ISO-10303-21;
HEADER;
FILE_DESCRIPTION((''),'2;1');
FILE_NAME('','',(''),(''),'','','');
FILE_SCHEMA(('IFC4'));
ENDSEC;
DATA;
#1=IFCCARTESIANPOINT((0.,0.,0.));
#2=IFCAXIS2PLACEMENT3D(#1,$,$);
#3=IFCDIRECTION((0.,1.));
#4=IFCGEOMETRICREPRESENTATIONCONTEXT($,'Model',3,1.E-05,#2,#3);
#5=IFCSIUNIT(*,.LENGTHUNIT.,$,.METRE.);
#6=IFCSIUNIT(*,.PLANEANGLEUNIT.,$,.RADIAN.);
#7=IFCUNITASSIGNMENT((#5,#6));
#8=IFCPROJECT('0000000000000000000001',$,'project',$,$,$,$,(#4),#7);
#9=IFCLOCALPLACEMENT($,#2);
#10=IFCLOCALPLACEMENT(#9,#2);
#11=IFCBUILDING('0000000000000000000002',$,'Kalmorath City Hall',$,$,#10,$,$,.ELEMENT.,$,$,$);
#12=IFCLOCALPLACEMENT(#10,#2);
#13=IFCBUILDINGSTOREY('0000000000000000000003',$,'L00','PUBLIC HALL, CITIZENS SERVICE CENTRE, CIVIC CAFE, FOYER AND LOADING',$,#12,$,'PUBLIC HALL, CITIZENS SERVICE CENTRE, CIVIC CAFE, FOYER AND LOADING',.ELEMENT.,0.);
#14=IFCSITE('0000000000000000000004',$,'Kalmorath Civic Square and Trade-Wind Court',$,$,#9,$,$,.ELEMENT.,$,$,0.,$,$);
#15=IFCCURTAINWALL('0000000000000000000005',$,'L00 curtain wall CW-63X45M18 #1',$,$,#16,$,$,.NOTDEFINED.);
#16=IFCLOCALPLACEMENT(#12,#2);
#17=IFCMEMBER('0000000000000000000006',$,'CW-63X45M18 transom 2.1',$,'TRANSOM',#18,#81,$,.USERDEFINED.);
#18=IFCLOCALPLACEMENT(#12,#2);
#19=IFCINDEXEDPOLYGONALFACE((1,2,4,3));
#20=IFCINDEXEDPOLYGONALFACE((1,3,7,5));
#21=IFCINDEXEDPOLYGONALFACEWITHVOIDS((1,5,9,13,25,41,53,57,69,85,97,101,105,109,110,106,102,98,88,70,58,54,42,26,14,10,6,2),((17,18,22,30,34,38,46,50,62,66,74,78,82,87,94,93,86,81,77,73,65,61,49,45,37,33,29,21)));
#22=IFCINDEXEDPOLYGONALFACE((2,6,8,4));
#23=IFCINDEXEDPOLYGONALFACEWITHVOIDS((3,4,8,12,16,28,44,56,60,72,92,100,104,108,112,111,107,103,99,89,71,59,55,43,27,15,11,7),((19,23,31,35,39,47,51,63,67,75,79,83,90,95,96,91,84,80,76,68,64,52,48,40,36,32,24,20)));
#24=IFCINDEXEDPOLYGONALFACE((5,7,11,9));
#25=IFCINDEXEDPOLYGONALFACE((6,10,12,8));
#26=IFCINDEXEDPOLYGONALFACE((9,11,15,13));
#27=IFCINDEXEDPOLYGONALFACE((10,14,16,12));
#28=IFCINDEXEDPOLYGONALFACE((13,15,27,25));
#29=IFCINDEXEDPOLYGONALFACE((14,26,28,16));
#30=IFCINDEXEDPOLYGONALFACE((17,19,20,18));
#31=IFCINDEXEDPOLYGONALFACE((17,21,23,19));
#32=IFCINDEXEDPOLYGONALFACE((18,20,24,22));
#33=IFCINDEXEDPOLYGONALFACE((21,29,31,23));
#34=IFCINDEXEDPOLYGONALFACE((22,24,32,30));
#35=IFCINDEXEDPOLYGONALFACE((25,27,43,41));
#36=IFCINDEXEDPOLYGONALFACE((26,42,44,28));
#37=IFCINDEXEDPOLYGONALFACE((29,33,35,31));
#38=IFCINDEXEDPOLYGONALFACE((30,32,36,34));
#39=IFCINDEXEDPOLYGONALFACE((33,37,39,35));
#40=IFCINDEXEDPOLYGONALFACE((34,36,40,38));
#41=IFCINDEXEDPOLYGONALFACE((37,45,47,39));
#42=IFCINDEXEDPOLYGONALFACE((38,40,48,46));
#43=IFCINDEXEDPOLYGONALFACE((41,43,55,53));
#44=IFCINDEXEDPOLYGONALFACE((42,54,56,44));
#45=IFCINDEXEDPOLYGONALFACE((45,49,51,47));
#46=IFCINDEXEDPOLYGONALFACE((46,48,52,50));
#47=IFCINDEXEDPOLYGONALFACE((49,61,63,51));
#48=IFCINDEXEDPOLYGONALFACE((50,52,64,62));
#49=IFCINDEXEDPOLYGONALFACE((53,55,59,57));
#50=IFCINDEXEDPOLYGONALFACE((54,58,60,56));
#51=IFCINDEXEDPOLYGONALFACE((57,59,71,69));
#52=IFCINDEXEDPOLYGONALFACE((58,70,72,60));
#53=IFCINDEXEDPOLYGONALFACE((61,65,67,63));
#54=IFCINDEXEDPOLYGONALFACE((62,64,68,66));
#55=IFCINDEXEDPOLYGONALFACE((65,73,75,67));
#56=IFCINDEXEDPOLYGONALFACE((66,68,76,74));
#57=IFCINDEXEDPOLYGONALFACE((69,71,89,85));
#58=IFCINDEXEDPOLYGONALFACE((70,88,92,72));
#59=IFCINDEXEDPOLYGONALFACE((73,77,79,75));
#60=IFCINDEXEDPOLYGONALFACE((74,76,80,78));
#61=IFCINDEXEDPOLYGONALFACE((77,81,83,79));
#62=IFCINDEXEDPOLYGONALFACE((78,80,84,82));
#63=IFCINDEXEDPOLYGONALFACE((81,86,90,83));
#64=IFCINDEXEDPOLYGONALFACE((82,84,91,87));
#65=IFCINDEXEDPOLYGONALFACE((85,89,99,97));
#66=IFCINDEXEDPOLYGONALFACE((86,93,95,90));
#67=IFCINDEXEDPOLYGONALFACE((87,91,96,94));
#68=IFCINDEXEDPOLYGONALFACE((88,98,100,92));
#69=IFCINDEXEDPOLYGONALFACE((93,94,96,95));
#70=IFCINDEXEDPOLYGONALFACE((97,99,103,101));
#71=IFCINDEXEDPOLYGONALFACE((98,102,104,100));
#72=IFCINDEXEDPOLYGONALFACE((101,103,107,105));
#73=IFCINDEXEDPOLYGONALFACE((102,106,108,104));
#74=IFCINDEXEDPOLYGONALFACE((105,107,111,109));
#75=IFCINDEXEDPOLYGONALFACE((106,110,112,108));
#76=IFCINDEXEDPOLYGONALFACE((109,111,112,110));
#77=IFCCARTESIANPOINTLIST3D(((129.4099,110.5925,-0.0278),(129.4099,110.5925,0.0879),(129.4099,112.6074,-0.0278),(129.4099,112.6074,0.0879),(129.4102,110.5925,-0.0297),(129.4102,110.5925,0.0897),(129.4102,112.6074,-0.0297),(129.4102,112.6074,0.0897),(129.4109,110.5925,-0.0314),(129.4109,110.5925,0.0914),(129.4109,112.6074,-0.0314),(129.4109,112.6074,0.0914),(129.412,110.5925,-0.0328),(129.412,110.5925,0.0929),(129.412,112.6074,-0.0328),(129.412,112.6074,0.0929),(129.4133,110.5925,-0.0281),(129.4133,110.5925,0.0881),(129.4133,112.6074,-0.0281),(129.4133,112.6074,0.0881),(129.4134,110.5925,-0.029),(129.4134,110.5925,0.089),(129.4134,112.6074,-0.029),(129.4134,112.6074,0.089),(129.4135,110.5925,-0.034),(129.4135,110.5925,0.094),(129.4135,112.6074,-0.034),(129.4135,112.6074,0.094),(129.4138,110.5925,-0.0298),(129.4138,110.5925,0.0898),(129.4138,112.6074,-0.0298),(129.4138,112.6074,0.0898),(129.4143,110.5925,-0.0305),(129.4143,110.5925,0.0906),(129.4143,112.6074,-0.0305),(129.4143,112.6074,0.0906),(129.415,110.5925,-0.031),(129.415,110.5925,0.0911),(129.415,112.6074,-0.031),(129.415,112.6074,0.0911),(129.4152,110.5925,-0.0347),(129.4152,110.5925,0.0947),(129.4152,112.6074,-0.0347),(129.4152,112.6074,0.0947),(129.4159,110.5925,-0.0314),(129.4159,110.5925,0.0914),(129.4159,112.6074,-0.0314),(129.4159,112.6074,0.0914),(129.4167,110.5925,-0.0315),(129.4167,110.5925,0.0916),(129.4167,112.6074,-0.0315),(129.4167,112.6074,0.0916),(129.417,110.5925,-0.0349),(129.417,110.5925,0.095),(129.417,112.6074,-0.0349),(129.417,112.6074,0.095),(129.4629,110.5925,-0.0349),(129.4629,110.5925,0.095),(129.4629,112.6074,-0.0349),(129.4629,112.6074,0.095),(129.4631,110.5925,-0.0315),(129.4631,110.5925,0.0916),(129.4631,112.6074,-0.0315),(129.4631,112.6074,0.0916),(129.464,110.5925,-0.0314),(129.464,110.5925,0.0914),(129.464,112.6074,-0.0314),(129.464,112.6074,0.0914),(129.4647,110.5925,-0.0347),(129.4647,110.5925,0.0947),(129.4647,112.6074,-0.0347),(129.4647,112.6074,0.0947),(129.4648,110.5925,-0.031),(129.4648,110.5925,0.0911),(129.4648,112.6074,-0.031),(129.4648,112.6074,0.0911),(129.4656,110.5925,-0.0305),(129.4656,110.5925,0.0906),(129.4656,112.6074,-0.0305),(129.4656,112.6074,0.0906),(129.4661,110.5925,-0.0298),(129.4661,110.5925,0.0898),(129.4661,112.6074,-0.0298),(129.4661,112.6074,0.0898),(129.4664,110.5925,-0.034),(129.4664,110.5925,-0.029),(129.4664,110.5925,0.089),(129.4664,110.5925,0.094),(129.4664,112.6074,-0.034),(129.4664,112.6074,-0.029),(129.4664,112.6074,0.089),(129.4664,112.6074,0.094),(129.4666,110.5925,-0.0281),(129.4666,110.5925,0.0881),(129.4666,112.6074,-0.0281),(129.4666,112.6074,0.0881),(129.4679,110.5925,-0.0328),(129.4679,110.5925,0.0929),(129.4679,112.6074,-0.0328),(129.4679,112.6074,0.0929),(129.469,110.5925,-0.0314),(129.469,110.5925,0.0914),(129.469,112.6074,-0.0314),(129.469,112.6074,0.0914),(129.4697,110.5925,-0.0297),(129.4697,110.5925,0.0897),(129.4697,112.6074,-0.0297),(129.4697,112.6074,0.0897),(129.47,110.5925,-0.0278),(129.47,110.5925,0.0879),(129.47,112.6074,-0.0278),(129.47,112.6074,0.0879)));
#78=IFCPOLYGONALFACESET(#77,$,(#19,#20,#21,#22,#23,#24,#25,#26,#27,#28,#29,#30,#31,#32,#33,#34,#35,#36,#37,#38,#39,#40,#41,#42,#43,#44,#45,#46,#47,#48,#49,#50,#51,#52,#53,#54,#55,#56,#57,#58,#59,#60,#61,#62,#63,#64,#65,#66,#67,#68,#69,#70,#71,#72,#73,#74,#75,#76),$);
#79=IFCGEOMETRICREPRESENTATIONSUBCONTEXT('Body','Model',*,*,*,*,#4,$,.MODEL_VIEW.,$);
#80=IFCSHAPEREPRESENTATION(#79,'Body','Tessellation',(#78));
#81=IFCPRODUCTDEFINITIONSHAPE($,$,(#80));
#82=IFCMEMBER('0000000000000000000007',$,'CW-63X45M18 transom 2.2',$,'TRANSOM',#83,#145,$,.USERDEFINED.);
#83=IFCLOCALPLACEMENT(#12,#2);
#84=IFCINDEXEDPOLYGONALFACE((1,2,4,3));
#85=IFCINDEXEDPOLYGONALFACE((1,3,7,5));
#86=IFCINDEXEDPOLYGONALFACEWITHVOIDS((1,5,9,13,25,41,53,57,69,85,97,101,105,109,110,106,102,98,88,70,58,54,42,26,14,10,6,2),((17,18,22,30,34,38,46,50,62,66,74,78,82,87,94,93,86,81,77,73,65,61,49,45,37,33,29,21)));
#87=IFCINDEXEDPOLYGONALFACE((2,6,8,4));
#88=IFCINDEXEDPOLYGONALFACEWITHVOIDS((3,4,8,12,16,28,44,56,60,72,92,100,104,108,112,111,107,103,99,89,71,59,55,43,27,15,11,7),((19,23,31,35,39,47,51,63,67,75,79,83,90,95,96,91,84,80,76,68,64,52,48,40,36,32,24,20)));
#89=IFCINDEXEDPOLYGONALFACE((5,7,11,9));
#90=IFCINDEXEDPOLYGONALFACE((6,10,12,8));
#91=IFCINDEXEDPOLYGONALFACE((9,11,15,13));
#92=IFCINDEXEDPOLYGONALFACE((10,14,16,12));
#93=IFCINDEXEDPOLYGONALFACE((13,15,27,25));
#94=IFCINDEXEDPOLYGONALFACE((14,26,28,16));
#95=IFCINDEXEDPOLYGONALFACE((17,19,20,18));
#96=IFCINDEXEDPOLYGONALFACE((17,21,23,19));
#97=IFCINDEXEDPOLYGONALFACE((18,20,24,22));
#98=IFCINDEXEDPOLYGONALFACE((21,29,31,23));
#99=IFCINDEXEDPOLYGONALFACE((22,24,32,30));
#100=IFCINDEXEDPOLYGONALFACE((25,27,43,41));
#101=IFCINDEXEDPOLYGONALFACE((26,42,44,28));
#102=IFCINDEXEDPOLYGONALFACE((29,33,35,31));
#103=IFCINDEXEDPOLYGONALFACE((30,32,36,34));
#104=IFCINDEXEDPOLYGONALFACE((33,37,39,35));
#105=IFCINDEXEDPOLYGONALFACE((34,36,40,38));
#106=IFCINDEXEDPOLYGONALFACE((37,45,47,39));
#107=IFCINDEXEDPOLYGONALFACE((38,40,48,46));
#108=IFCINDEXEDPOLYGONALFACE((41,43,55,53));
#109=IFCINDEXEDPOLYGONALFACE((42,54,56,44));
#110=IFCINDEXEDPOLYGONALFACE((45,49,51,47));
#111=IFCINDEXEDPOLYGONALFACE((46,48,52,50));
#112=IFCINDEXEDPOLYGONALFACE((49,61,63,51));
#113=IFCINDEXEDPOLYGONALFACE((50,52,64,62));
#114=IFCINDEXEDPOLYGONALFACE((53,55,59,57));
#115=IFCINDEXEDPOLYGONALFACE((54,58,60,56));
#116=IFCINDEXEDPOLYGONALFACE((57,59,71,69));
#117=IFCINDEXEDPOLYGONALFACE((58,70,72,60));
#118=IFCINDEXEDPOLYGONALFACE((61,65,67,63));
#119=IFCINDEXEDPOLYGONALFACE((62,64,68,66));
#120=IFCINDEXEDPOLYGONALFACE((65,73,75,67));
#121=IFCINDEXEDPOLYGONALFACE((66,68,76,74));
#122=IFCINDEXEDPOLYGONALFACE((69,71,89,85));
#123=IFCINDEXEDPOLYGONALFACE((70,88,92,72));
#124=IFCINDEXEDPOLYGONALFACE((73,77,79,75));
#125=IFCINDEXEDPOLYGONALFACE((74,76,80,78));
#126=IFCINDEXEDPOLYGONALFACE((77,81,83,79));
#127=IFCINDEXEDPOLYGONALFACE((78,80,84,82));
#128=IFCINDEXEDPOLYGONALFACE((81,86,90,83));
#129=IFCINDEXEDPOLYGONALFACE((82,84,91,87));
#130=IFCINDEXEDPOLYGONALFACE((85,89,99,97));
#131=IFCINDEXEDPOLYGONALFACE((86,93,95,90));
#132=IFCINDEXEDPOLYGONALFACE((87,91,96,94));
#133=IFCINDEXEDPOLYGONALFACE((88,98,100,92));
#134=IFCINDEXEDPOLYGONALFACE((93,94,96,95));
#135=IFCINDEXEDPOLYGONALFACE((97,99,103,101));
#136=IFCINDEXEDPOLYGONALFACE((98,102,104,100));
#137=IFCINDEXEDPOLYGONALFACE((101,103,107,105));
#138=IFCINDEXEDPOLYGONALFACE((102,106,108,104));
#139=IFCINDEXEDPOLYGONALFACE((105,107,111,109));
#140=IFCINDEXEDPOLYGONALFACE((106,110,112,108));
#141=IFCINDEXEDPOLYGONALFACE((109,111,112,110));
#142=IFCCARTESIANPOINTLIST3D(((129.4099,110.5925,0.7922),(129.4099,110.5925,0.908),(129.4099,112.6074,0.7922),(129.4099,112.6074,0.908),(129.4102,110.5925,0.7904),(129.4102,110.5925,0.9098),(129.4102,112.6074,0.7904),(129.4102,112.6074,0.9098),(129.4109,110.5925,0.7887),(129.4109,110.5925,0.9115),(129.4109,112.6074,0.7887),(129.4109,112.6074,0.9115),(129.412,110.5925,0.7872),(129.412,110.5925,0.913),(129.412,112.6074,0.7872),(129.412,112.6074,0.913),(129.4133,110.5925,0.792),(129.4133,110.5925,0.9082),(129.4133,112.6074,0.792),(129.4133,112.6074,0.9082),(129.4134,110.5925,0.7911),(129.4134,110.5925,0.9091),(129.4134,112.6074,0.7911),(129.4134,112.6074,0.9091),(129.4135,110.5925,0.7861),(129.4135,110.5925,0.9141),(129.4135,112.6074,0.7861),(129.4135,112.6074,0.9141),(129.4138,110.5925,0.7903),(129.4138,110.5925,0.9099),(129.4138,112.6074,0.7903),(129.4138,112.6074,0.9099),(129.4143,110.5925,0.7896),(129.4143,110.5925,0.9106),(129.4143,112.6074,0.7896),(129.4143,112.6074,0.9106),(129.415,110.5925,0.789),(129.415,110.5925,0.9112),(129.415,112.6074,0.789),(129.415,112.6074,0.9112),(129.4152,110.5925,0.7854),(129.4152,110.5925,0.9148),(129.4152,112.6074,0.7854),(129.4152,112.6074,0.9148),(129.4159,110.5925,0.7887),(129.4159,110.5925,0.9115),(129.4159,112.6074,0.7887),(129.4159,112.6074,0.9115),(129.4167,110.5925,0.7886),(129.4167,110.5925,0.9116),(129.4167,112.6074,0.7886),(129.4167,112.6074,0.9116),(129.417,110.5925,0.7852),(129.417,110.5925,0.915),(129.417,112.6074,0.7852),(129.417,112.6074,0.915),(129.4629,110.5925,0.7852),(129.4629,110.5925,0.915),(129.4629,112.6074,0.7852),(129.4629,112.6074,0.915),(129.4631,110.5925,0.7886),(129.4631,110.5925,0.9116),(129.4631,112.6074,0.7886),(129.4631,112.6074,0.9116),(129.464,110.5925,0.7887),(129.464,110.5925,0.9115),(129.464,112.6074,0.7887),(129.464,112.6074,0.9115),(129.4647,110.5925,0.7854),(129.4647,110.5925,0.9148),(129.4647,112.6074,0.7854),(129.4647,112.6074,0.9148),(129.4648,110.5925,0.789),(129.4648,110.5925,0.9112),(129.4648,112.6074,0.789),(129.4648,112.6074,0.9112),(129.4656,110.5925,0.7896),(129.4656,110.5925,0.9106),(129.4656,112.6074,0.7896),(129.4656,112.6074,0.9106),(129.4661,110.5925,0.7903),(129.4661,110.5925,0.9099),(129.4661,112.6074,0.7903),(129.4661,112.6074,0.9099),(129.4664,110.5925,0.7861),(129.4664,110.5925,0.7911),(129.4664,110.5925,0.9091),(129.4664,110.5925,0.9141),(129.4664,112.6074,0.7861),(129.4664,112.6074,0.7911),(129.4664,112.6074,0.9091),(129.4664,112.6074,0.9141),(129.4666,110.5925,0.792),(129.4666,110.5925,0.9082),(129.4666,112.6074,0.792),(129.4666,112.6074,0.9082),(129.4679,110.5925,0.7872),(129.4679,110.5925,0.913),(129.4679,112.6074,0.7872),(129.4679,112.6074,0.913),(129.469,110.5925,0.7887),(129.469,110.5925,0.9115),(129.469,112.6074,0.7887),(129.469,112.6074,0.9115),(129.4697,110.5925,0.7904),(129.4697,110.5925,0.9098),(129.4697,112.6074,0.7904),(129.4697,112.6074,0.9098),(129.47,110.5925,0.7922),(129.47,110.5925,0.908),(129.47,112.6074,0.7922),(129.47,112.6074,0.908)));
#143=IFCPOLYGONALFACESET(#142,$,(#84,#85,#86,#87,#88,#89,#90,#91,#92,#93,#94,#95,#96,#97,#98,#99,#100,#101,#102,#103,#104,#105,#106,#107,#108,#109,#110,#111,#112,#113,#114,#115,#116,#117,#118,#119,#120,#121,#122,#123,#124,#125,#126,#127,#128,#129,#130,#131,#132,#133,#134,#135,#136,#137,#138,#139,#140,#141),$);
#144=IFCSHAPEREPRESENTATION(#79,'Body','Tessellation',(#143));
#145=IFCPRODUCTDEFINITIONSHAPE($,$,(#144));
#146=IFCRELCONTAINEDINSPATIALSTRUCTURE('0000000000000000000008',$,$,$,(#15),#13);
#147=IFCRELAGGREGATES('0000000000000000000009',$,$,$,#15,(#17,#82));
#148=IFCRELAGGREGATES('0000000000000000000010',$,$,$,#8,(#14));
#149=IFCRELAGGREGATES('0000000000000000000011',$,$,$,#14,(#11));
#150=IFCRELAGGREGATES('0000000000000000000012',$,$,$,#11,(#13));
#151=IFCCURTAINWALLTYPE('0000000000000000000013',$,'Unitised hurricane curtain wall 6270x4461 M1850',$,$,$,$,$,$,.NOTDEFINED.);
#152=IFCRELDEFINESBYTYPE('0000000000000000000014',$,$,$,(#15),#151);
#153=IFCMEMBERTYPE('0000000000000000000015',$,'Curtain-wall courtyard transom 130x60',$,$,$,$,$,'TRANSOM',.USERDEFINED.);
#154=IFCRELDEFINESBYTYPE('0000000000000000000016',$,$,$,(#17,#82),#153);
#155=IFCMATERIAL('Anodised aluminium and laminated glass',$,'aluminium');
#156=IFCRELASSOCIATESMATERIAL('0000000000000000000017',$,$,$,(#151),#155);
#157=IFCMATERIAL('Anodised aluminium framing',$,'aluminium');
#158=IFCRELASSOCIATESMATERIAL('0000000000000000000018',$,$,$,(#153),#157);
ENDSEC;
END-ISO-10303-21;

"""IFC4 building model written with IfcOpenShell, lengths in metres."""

from ifc_helpers import new_model, si_unit, direction, frame, origin, origin_2d, place, context, subcontext, project, spatial, hollow_rectangle, extrude, material, material_profile, profile_set, type_object, element, aggregate, save


model = new_model("IFC4")

# Units and contexts
model_context = context("Model", 3, precision=1e-05, world=origin(), true_north=direction((0.0, 1.0)))
body_context = subcontext(model_context, "Body", "Model", "MODEL_VIEW")
ifc_project = project(units=[si_unit("LENGTHUNIT", "METRE"), si_unit("PLANEANGLEUNIT", "RADIAN")], contexts=[model_context])

# Site, building, storey
site_placement = place(None, origin())
site = spatial("IfcSite", under=ifc_project, at=site_placement, Name="Kalmorath Civic Square and Trade-Wind Court", CompositionType="ELEMENT", RefElevation=0.0)
building_placement = place(site_placement, origin())
building = spatial("IfcBuilding", under=site, at=building_placement, Name="Kalmorath City Hall", CompositionType="ELEMENT")
storey_placement = place(building_placement, origin())
storey = spatial("IfcBuildingStorey", under=building, at=storey_placement, Name="L00", Description="PUBLIC HALL, CITIZENS SERVICE CENTRE, CIVIC CAFE, FOYER AND LOADING", LongName="PUBLIC HALL, CITIZENS SERVICE CENTRE, CIVIC CAFE, FOYER AND LOADING", CompositionType="ELEMENT", Elevation=0.0)

# Curtain wall, members
ifc_material_1 = material(Name="Anodised aluminium and laminated glass", Category="aluminium")
curtain_wall_type = type_object("IfcCurtainWallType", Name="Unitised hurricane curtain wall 6270x4461 M1850", PredefinedType="NOTDEFINED", material=ifc_material_1)
curtain_wall_placement = place(storey_placement, origin())
curtain_wall = element("IfcCurtainWall", 1, at=curtain_wall_placement, inside=storey, type_object=curtain_wall_type, Name="L00 curtain wall CW-63X45M18 #1", PredefinedType="NOTDEFINED")
ifc_material_2 = material(Name="Anodised aluminium framing", Category="aluminium")
ifc_material_profile_1 = material_profile(ifc_material_2, hollow_rectangle(XDim=0.0601, YDim=0.1299, WallThickness=0.0034, InnerFilletRadius=0.0034, OuterFilletRadius=0.0071, at=origin_2d()), Name="ALU-TRN-130X60X3.5")
ifc_profile_set_1 = profile_set([ifc_material_profile_1], Name="Anodised aluminium framing")
member_type_1 = type_object("IfcMemberType", Name="Curtain-wall courtyard transom 130x60", ElementType="TRANSOM", PredefinedType="USERDEFINED", material=ifc_profile_set_1)
member_1_placement = place(storey_placement, frame((129.4399, 112.6074, 0.03), z_axis=(0.0, -1.0, 0.0), x_axis=(1.0, 0.0, 0.0)))
member_1 = element("IfcMember", 2, at=member_1_placement, type_object=member_type_1, Name="CW-63X45M18 transom 2.1", ObjectType="TRANSOM", PredefinedType="USERDEFINED", context=body_context, shape_type="SweptSolid", body=[
    extrude(hollow_rectangle(XDim=0.0601, YDim=0.1299, WallThickness=0.0034, InnerFilletRadius=0.0034, OuterFilletRadius=0.0071, at=origin_2d()), origin(), (0.0, 0.0, 1.0), 2.0149),
])
member_2_placement = place(storey_placement, frame((129.4399, 112.6074, 0.8501), z_axis=(0.0, -1.0, 0.0), x_axis=(1.0, 0.0, 0.0)))
member_2 = element("IfcMember", 3, at=member_2_placement, type_object=member_type_1, Name="CW-63X45M18 transom 2.2", ObjectType="TRANSOM", PredefinedType="USERDEFINED", context=body_context, shape_type="SweptSolid", body=[
    extrude(hollow_rectangle(XDim=0.0601, YDim=0.1299, WallThickness=0.0034, InnerFilletRadius=0.0034, OuterFilletRadius=0.0071, at=origin_2d()), origin(), (0.0, 0.0, 1.0), 2.0149),
])
aggregate(curtain_wall, [member_1, member_2])

save(model, "model.ifc")
